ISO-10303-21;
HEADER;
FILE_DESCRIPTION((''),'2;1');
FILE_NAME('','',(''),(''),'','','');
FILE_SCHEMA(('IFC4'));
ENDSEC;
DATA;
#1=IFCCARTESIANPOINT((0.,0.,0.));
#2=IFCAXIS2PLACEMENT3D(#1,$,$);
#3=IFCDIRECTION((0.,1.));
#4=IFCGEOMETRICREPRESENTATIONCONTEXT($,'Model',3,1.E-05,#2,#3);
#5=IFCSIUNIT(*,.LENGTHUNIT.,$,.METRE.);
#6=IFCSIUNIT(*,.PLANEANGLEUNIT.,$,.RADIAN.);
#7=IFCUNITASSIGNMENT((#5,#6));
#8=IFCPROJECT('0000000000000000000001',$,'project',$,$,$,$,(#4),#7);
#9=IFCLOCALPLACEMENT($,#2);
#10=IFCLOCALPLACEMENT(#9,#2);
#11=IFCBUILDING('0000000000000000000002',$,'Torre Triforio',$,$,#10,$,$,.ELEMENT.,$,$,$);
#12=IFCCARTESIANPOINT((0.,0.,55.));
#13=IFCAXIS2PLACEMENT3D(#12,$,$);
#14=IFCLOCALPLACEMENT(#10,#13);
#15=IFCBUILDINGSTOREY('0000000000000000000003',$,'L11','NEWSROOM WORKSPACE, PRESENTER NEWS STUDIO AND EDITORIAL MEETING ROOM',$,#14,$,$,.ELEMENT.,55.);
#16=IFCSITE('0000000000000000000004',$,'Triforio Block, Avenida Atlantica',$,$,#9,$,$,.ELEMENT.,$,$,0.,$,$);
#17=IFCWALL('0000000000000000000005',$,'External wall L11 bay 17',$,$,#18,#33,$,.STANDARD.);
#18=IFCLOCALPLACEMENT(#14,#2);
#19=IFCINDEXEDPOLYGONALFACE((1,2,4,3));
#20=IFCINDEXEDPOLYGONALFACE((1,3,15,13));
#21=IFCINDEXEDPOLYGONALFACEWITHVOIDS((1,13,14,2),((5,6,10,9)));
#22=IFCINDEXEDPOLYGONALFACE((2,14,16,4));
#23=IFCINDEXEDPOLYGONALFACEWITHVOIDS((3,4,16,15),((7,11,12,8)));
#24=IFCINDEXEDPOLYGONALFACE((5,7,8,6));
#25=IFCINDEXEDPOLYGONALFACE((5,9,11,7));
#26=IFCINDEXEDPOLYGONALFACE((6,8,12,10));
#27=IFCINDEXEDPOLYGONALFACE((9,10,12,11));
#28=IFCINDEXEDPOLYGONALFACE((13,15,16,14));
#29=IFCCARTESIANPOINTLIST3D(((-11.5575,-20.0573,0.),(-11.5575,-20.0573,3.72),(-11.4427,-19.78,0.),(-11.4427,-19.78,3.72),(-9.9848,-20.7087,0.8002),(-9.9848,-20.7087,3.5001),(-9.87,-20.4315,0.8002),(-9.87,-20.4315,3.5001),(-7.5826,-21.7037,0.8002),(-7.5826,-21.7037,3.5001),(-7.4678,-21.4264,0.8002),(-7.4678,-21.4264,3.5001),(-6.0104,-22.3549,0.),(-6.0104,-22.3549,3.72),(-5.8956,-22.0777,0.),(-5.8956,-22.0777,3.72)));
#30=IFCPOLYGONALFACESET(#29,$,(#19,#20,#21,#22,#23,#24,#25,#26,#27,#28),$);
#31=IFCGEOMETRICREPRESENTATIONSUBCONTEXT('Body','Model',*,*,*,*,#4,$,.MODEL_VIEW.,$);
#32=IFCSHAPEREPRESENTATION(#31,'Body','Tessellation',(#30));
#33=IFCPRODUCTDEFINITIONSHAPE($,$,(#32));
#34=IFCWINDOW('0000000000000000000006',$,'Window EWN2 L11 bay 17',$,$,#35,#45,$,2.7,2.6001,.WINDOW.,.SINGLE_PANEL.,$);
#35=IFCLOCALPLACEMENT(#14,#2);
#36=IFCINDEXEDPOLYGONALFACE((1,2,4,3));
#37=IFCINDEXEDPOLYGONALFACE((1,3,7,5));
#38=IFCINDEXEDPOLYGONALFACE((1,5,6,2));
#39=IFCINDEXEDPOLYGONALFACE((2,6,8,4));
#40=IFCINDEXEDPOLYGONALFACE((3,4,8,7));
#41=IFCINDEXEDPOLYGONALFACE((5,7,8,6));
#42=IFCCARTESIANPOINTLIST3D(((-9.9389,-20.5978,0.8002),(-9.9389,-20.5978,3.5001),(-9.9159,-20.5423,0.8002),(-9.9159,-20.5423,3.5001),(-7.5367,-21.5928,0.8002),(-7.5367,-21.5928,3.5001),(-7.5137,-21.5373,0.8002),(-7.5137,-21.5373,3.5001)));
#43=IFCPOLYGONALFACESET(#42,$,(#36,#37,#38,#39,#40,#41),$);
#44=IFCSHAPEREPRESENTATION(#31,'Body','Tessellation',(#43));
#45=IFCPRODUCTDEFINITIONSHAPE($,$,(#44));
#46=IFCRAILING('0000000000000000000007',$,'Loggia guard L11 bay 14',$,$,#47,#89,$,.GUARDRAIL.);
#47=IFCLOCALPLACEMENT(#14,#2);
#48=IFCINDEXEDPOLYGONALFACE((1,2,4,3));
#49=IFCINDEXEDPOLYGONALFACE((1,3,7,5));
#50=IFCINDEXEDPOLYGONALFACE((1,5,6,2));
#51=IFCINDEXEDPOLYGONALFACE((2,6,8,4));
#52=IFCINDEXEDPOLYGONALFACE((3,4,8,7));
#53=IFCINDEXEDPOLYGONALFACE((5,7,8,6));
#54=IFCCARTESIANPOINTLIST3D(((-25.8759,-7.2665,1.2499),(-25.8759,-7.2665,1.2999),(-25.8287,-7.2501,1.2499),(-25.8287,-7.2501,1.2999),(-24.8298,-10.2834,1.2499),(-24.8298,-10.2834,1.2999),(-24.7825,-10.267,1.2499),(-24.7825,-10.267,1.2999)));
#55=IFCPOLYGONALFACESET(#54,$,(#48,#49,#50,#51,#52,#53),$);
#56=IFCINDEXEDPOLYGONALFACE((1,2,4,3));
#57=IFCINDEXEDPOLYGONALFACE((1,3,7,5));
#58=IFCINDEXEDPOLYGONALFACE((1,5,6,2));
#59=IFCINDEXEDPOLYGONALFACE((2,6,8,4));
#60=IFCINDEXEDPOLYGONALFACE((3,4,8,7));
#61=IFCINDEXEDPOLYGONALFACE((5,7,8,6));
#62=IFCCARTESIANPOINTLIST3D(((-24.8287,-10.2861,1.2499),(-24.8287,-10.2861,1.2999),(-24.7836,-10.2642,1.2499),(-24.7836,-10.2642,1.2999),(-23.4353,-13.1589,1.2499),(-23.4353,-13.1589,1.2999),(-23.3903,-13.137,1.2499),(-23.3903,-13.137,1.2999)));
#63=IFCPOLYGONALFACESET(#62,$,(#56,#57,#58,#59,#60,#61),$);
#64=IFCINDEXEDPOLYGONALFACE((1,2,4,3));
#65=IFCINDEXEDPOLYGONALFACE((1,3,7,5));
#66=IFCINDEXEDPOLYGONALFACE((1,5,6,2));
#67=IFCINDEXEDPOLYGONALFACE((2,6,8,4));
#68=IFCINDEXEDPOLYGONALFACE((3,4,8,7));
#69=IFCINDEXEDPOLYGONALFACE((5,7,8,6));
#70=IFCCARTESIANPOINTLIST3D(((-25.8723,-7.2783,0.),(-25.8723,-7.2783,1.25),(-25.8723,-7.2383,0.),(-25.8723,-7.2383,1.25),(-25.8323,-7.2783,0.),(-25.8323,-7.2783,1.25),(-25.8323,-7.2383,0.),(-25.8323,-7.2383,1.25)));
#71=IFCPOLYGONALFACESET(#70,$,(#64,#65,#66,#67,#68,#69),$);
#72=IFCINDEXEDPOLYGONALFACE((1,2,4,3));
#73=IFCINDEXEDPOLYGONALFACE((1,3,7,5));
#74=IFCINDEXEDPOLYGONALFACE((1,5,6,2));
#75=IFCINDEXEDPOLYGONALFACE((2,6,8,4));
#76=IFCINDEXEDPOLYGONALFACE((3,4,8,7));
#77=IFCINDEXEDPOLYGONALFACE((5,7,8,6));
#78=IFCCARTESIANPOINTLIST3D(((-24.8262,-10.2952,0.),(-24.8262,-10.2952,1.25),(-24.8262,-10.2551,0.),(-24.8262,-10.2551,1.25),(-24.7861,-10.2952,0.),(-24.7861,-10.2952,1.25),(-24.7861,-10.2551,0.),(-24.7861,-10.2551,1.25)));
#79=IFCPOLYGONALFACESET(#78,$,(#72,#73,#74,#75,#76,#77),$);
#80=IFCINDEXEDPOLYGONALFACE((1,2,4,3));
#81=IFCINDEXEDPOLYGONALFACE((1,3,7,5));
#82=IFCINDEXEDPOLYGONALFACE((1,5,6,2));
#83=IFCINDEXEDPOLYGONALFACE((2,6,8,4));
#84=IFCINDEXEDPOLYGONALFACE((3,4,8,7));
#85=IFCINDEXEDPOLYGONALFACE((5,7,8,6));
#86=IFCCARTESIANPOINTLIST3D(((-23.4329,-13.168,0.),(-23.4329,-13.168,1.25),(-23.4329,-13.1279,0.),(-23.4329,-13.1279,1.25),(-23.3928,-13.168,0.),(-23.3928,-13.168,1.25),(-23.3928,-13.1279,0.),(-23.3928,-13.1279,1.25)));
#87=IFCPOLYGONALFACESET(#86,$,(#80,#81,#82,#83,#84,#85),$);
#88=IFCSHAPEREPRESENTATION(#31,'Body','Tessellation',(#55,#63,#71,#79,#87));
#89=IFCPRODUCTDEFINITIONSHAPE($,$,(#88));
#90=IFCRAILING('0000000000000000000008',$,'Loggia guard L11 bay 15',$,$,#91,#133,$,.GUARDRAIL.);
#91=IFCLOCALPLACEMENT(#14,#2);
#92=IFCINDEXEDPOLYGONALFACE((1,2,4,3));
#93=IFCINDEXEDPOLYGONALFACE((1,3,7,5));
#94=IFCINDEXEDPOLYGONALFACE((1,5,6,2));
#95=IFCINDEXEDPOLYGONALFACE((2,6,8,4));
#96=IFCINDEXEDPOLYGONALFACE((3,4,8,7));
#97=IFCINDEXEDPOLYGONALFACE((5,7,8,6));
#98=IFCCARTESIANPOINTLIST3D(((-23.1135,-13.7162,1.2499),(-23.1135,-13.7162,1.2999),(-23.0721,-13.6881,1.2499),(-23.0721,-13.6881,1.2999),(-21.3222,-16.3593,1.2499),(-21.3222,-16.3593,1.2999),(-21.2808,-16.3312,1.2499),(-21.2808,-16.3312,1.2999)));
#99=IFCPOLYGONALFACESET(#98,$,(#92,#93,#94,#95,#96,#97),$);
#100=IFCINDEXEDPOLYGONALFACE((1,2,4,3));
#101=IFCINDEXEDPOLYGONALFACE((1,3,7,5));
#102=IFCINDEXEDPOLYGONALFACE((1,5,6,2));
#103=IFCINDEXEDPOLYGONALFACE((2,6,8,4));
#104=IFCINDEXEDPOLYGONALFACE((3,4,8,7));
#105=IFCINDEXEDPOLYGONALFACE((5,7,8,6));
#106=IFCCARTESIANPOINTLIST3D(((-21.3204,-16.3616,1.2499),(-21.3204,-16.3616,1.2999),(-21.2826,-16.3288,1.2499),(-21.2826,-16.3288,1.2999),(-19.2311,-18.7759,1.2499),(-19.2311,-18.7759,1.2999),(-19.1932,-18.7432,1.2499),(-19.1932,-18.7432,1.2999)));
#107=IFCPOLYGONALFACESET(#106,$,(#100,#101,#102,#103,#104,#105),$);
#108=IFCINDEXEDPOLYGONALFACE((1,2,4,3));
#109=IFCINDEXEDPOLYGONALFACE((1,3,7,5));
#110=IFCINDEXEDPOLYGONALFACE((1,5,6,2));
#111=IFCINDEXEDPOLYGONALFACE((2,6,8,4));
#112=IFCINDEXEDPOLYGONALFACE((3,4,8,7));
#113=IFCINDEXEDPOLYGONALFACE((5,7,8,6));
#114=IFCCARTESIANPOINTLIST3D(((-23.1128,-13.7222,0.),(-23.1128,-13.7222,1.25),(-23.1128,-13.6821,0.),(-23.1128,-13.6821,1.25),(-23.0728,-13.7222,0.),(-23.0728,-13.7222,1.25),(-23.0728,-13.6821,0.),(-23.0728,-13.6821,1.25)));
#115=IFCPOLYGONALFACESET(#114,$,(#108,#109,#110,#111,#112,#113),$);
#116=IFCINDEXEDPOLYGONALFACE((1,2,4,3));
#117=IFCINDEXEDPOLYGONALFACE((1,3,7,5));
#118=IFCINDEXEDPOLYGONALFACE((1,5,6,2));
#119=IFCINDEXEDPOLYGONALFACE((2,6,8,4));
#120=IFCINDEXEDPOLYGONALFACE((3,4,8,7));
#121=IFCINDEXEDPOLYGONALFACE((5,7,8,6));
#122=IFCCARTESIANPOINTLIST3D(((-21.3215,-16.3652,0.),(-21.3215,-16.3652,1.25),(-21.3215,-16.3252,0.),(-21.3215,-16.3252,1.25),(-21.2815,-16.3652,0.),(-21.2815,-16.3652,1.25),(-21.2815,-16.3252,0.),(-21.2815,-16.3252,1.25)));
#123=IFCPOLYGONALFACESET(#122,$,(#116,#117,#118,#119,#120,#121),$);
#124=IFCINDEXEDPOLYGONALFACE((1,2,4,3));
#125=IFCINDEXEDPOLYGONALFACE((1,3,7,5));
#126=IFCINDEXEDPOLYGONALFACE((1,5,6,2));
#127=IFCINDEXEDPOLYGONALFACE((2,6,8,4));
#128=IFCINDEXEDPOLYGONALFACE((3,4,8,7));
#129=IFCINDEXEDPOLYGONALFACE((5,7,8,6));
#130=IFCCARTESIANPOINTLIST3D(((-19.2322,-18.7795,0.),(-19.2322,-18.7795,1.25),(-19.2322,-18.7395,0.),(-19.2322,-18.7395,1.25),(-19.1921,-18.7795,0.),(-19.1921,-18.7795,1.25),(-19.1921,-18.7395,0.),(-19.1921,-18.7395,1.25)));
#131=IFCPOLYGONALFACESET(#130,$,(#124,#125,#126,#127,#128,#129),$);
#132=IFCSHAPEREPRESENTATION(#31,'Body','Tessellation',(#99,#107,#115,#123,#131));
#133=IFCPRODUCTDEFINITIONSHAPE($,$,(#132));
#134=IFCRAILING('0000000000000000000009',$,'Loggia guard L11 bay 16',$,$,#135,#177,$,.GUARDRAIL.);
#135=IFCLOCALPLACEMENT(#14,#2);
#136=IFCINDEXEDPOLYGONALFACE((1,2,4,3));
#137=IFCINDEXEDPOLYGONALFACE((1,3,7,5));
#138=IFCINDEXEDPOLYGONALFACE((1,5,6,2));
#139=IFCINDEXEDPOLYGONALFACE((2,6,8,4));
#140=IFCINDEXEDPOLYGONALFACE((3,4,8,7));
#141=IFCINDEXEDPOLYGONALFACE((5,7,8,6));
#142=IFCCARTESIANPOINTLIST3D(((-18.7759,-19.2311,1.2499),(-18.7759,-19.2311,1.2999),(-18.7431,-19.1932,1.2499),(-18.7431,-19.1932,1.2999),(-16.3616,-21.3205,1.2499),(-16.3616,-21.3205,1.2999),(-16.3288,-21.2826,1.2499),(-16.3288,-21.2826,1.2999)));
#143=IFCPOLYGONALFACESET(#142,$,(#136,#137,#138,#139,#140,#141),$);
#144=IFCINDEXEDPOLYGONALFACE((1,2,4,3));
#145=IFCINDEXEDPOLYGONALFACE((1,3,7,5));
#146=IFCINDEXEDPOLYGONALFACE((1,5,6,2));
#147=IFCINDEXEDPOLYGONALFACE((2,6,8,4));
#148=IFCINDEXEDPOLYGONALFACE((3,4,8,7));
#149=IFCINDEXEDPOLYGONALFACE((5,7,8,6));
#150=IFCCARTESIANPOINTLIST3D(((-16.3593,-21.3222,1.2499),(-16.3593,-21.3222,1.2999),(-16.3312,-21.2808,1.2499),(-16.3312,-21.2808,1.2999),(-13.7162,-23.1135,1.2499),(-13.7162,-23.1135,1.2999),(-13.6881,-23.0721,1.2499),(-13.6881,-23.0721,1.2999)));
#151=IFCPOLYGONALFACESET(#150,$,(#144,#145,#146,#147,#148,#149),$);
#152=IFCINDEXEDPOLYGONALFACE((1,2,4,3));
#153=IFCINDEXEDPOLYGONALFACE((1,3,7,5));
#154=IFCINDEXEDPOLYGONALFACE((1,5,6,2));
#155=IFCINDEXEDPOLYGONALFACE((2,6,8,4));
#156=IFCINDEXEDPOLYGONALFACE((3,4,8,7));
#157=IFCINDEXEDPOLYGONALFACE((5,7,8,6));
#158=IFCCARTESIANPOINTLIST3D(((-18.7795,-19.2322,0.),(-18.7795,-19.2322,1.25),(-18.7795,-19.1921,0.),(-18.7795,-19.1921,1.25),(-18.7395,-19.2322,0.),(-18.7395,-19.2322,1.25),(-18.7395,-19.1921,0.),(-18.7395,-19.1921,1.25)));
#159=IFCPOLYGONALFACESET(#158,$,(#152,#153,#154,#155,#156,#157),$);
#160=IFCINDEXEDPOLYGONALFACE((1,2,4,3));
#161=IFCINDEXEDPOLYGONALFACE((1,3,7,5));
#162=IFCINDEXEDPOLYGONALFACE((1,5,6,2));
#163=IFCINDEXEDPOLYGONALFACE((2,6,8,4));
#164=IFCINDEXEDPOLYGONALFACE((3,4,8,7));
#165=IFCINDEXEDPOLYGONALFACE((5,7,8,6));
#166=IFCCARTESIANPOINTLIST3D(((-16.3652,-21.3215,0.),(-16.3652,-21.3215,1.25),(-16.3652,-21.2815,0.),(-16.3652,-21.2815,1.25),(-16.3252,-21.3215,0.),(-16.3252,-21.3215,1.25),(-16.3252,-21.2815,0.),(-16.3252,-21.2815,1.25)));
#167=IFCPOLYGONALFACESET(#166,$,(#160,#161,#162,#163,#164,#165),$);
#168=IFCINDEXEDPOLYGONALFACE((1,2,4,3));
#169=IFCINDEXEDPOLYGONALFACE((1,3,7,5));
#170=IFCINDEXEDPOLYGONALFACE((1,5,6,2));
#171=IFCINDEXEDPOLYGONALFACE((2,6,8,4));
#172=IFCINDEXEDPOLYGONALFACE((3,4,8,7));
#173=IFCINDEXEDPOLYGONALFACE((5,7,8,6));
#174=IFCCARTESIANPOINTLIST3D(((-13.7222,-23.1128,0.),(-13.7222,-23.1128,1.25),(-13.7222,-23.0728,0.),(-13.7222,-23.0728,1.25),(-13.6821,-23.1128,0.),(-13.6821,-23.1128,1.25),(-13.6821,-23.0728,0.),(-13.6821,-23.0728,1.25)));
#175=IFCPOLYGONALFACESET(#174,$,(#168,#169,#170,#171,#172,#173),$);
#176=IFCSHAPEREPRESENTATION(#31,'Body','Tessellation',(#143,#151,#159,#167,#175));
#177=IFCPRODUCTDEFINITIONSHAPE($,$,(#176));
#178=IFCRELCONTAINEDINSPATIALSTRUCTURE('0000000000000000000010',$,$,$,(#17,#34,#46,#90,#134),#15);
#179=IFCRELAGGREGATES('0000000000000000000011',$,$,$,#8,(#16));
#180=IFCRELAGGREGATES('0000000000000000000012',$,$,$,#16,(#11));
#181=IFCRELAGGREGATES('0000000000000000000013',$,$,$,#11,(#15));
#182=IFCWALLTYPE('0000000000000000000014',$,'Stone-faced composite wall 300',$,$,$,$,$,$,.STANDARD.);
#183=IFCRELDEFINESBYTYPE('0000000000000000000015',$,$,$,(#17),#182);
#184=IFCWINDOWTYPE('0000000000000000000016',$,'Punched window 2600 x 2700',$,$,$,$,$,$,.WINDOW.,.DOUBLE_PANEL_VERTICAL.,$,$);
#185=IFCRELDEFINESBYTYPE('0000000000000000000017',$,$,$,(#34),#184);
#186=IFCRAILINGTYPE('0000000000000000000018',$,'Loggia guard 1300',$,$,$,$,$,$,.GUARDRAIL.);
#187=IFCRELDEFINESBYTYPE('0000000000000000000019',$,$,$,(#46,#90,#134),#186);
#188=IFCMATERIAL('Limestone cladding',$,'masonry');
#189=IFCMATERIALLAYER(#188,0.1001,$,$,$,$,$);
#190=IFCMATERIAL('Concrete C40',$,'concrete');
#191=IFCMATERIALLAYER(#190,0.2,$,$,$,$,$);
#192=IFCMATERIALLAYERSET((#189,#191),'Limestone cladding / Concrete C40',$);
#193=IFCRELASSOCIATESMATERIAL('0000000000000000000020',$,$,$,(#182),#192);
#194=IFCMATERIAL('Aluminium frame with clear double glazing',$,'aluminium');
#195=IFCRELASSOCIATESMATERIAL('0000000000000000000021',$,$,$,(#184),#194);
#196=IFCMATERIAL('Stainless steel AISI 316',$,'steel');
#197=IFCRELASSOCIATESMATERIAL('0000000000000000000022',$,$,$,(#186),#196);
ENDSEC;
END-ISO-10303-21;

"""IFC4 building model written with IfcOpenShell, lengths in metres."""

from ifc_helpers import new_model, si_unit, direction, frame, frame_2d, origin, origin_2d, place, context, subcontext, project, spatial, rectangle, extrude, material, layer, layer_set, type_object, element, fill, save


model = new_model("IFC4")

# Units and contexts
model_context = context("Model", 3, precision=1e-05, world=origin(), true_north=direction((0.0, 1.0)))
body_context = subcontext(model_context, "Body", "Model", "MODEL_VIEW")
ifc_project = project(units=[si_unit("LENGTHUNIT", "METRE"), si_unit("PLANEANGLEUNIT", "RADIAN")], contexts=[model_context])

# Site, building, storey
site_placement = place(None, origin())
site = spatial("IfcSite", under=ifc_project, at=site_placement, Name="Triforio Block, Avenida Atlantica", CompositionType="ELEMENT", RefElevation=0.0)
building_placement = place(site_placement, origin())
building = spatial("IfcBuilding", under=site, at=building_placement, Name="Torre Triforio", CompositionType="ELEMENT")
storey_placement = place(building_placement, frame((0.0, 0.0, 55.0)))
storey = spatial("IfcBuildingStorey", under=building, at=storey_placement, Name="L11", Description="NEWSROOM WORKSPACE, PRESENTER NEWS STUDIO AND EDITORIAL MEETING ROOM", CompositionType="ELEMENT", Elevation=55.0)

# Shared definitions
ifc_material_1 = material(Name="Limestone cladding", Category="masonry")
ifc_material_2 = material(Name="Concrete C40", Category="concrete")

# Shared definitions
ifc_layer_1 = layer(ifc_material_1, 0.1001)
ifc_layer_2 = layer(ifc_material_2, 0.2)
ifc_layer_set_1 = layer_set([ifc_layer_1, ifc_layer_2], Name="Limestone cladding / Concrete C40")
wall_type_1 = type_object("IfcWallType", Name="Stone-faced composite wall 300", PredefinedType="STANDARD", material=ifc_layer_set_1)
ifc_material_3 = material(Name="Aluminium frame with clear double glazing", Category="aluminium")
window_type_1 = type_object("IfcWindowType", Name="Punched window 2600 x 2700", PartitioningType="DOUBLE_PANEL_VERTICAL", PredefinedType="WINDOW", material=ifc_material_3)

# Wall, opening, window
wall_1_placement = place(storey_placement, frame((-11.5, -19.9187, 0.0), z_axis=(0.0, 0.0, 1.0), x_axis=(0.923885, -0.382671, 0.0)))
wall_1 = element("IfcWall", 1, at=wall_1_placement, inside=storey, type_object=wall_type_1, Name="External wall L11 bay 17", PredefinedType="STANDARD", context=body_context, shape_type="SweptSolid", body=[
    extrude(rectangle(XDim=6.0042, YDim=0.3, at=frame_2d((3.002, 0.0))), origin(), (0.0, 0.0, 1.0), 3.72),
])
opening_1_placement = place(wall_1_placement, frame((1.7021, 0.0, 0.8)))
opening_1 = element("IfcOpeningElement", 2, at=opening_1_placement, cuts=wall_1, PredefinedType="OPENING", context=body_context, shape_type="SweptSolid", body=[
    extrude(rectangle(XDim=2.6001, YDim=2.7, at=frame_2d((1.3, 1.3501))), frame((0.0, 0.1599, 0.0), z_axis=(0.0, -1.0, 0.0), x_axis=(1.0, 0.0, 0.0)), (0.0, 0.0, 1.0), 0.3201),
])
window_1_placement = place(opening_1_placement, origin())
window_1 = element("IfcWindow", 3, at=window_1_placement, inside=storey, type_object=window_type_1, Name="Window EWN2 L11 bay 17", OverallHeight=2.7, OverallWidth=2.6001, PartitioningType="SINGLE_PANEL", PredefinedType="WINDOW", context=body_context, shape_type="SweptSolid", body=[
    extrude(rectangle(XDim=2.6001, YDim=2.7, at=frame_2d((1.3, 1.3501))), frame((0.0, 0.03, 0.0), z_axis=(0.0, -1.0, 0.0), x_axis=(1.0, 0.0, 0.0)), (0.0, 0.0, 1.0), 0.0601),
])
fill(opening_1, window_1)

# Railings
ifc_material_4 = material(Name="Stainless steel AISI 316", Category="steel")
railing_type = type_object("IfcRailingType", Name="Loggia guard 1300", PredefinedType="GUARDRAIL", material=ifc_material_4)
railing_1_placement = place(storey_placement, frame((-25.8523, -7.2583, 0.0)))
element("IfcRailing", 4, at=railing_1_placement, inside=storey, type_object=railing_type, Name="Loggia guard L11 bay 14", PredefinedType="GUARDRAIL", context=body_context, shape_type="SweptSolid", body=[
    extrude(rectangle(XDim=0.05, YDim=0.05, at=origin_2d()), frame((0.0, 0.0, 1.2749), z_axis=(0.327628, -0.944807, 0.0), x_axis=(0.944807, 0.327628, 0.0)), (0.0, 0.0, 1.0), 3.1931),
    extrude(rectangle(XDim=0.05, YDim=0.05, at=origin_2d()), frame((1.0461, -3.0168, 1.2749), z_axis=(0.436384, -0.89976, 0.0), x_axis=(0.89976, 0.436384, 0.0)), (0.0, 0.0, 1.0), 3.1929),
    extrude(rectangle(XDim=0.04, YDim=0.04, at=origin_2d()), origin(), (0.0, 0.0, 1.0), 1.25),
    extrude(rectangle(XDim=0.04, YDim=0.04, at=origin_2d()), frame((1.0461, -3.0168, 0.0)), (0.0, 0.0, 1.0), 1.25),
    extrude(rectangle(XDim=0.04, YDim=0.04, at=origin_2d()), frame((2.4395, -5.8896, 0.0)), (0.0, 0.0, 1.0), 1.25),
])
railing_2_placement = place(storey_placement, frame((-23.0928, -13.7021, 0.0)))
element("IfcRailing", 5, at=railing_2_placement, inside=storey, type_object=railing_type, Name="Loggia guard L11 bay 15", PredefinedType="GUARDRAIL", context=body_context, shape_type="SweptSolid", body=[
    extrude(rectangle(XDim=0.05, YDim=0.05, at=origin_2d()), frame((0.0, 0.0, 1.2749), z_axis=(0.561019, -0.827803, 0.0), x_axis=(0.827803, 0.561019, 0.0)), (0.0, 0.0, 1.0), 3.1929),
    extrude(rectangle(XDim=0.05, YDim=0.05, at=origin_2d()), frame((1.7913, -2.6431, 1.2749), z_axis=(0.654386, -0.756161, 0.0), x_axis=(0.756161, 0.654386, 0.0)), (0.0, 0.0, 1.0), 3.1929),
    extrude(rectangle(XDim=0.04, YDim=0.04, at=origin_2d()), origin(), (0.0, 0.0, 1.0), 1.25),
    extrude(rectangle(XDim=0.04, YDim=0.04, at=origin_2d()), frame((1.7913, -2.6431, 0.0)), (0.0, 0.0, 1.0), 1.25),
    extrude(rectangle(XDim=0.04, YDim=0.04, at=origin_2d()), frame((3.8806, -5.0574, 0.0)), (0.0, 0.0, 1.0), 1.25),
])
railing_3_placement = place(storey_placement, frame((-18.7595, -19.2122, 0.0)))
element("IfcRailing", 6, at=railing_3_placement, inside=storey, type_object=railing_type, Name="Loggia guard L11 bay 16", PredefinedType="GUARDRAIL", context=body_context, shape_type="SweptSolid", body=[
    extrude(rectangle(XDim=0.05, YDim=0.05, at=origin_2d()), frame((0.0, 0.0, 1.2749), z_axis=(0.756161, -0.654386, 0.0), x_axis=(0.654386, 0.756161, 0.0)), (0.0, 0.0, 1.0), 3.1929),
    extrude(rectangle(XDim=0.05, YDim=0.05, at=origin_2d()), frame((2.4143, -2.0894, 1.2749), z_axis=(0.827803, -0.561019, 0.0), x_axis=(0.561019, 0.827803, 0.0)), (0.0, 0.0, 1.0), 3.1929),
    extrude(rectangle(XDim=0.04, YDim=0.04, at=origin_2d()), origin(), (0.0, 0.0, 1.0), 1.25),
    extrude(rectangle(XDim=0.04, YDim=0.04, at=origin_2d()), frame((2.4143, -2.0894, 0.0)), (0.0, 0.0, 1.0), 1.25),
    extrude(rectangle(XDim=0.04, YDim=0.04, at=origin_2d()), frame((5.0574, -3.8806, 0.0)), (0.0, 0.0, 1.0), 1.25),
])

save(model, "model.ifc")
